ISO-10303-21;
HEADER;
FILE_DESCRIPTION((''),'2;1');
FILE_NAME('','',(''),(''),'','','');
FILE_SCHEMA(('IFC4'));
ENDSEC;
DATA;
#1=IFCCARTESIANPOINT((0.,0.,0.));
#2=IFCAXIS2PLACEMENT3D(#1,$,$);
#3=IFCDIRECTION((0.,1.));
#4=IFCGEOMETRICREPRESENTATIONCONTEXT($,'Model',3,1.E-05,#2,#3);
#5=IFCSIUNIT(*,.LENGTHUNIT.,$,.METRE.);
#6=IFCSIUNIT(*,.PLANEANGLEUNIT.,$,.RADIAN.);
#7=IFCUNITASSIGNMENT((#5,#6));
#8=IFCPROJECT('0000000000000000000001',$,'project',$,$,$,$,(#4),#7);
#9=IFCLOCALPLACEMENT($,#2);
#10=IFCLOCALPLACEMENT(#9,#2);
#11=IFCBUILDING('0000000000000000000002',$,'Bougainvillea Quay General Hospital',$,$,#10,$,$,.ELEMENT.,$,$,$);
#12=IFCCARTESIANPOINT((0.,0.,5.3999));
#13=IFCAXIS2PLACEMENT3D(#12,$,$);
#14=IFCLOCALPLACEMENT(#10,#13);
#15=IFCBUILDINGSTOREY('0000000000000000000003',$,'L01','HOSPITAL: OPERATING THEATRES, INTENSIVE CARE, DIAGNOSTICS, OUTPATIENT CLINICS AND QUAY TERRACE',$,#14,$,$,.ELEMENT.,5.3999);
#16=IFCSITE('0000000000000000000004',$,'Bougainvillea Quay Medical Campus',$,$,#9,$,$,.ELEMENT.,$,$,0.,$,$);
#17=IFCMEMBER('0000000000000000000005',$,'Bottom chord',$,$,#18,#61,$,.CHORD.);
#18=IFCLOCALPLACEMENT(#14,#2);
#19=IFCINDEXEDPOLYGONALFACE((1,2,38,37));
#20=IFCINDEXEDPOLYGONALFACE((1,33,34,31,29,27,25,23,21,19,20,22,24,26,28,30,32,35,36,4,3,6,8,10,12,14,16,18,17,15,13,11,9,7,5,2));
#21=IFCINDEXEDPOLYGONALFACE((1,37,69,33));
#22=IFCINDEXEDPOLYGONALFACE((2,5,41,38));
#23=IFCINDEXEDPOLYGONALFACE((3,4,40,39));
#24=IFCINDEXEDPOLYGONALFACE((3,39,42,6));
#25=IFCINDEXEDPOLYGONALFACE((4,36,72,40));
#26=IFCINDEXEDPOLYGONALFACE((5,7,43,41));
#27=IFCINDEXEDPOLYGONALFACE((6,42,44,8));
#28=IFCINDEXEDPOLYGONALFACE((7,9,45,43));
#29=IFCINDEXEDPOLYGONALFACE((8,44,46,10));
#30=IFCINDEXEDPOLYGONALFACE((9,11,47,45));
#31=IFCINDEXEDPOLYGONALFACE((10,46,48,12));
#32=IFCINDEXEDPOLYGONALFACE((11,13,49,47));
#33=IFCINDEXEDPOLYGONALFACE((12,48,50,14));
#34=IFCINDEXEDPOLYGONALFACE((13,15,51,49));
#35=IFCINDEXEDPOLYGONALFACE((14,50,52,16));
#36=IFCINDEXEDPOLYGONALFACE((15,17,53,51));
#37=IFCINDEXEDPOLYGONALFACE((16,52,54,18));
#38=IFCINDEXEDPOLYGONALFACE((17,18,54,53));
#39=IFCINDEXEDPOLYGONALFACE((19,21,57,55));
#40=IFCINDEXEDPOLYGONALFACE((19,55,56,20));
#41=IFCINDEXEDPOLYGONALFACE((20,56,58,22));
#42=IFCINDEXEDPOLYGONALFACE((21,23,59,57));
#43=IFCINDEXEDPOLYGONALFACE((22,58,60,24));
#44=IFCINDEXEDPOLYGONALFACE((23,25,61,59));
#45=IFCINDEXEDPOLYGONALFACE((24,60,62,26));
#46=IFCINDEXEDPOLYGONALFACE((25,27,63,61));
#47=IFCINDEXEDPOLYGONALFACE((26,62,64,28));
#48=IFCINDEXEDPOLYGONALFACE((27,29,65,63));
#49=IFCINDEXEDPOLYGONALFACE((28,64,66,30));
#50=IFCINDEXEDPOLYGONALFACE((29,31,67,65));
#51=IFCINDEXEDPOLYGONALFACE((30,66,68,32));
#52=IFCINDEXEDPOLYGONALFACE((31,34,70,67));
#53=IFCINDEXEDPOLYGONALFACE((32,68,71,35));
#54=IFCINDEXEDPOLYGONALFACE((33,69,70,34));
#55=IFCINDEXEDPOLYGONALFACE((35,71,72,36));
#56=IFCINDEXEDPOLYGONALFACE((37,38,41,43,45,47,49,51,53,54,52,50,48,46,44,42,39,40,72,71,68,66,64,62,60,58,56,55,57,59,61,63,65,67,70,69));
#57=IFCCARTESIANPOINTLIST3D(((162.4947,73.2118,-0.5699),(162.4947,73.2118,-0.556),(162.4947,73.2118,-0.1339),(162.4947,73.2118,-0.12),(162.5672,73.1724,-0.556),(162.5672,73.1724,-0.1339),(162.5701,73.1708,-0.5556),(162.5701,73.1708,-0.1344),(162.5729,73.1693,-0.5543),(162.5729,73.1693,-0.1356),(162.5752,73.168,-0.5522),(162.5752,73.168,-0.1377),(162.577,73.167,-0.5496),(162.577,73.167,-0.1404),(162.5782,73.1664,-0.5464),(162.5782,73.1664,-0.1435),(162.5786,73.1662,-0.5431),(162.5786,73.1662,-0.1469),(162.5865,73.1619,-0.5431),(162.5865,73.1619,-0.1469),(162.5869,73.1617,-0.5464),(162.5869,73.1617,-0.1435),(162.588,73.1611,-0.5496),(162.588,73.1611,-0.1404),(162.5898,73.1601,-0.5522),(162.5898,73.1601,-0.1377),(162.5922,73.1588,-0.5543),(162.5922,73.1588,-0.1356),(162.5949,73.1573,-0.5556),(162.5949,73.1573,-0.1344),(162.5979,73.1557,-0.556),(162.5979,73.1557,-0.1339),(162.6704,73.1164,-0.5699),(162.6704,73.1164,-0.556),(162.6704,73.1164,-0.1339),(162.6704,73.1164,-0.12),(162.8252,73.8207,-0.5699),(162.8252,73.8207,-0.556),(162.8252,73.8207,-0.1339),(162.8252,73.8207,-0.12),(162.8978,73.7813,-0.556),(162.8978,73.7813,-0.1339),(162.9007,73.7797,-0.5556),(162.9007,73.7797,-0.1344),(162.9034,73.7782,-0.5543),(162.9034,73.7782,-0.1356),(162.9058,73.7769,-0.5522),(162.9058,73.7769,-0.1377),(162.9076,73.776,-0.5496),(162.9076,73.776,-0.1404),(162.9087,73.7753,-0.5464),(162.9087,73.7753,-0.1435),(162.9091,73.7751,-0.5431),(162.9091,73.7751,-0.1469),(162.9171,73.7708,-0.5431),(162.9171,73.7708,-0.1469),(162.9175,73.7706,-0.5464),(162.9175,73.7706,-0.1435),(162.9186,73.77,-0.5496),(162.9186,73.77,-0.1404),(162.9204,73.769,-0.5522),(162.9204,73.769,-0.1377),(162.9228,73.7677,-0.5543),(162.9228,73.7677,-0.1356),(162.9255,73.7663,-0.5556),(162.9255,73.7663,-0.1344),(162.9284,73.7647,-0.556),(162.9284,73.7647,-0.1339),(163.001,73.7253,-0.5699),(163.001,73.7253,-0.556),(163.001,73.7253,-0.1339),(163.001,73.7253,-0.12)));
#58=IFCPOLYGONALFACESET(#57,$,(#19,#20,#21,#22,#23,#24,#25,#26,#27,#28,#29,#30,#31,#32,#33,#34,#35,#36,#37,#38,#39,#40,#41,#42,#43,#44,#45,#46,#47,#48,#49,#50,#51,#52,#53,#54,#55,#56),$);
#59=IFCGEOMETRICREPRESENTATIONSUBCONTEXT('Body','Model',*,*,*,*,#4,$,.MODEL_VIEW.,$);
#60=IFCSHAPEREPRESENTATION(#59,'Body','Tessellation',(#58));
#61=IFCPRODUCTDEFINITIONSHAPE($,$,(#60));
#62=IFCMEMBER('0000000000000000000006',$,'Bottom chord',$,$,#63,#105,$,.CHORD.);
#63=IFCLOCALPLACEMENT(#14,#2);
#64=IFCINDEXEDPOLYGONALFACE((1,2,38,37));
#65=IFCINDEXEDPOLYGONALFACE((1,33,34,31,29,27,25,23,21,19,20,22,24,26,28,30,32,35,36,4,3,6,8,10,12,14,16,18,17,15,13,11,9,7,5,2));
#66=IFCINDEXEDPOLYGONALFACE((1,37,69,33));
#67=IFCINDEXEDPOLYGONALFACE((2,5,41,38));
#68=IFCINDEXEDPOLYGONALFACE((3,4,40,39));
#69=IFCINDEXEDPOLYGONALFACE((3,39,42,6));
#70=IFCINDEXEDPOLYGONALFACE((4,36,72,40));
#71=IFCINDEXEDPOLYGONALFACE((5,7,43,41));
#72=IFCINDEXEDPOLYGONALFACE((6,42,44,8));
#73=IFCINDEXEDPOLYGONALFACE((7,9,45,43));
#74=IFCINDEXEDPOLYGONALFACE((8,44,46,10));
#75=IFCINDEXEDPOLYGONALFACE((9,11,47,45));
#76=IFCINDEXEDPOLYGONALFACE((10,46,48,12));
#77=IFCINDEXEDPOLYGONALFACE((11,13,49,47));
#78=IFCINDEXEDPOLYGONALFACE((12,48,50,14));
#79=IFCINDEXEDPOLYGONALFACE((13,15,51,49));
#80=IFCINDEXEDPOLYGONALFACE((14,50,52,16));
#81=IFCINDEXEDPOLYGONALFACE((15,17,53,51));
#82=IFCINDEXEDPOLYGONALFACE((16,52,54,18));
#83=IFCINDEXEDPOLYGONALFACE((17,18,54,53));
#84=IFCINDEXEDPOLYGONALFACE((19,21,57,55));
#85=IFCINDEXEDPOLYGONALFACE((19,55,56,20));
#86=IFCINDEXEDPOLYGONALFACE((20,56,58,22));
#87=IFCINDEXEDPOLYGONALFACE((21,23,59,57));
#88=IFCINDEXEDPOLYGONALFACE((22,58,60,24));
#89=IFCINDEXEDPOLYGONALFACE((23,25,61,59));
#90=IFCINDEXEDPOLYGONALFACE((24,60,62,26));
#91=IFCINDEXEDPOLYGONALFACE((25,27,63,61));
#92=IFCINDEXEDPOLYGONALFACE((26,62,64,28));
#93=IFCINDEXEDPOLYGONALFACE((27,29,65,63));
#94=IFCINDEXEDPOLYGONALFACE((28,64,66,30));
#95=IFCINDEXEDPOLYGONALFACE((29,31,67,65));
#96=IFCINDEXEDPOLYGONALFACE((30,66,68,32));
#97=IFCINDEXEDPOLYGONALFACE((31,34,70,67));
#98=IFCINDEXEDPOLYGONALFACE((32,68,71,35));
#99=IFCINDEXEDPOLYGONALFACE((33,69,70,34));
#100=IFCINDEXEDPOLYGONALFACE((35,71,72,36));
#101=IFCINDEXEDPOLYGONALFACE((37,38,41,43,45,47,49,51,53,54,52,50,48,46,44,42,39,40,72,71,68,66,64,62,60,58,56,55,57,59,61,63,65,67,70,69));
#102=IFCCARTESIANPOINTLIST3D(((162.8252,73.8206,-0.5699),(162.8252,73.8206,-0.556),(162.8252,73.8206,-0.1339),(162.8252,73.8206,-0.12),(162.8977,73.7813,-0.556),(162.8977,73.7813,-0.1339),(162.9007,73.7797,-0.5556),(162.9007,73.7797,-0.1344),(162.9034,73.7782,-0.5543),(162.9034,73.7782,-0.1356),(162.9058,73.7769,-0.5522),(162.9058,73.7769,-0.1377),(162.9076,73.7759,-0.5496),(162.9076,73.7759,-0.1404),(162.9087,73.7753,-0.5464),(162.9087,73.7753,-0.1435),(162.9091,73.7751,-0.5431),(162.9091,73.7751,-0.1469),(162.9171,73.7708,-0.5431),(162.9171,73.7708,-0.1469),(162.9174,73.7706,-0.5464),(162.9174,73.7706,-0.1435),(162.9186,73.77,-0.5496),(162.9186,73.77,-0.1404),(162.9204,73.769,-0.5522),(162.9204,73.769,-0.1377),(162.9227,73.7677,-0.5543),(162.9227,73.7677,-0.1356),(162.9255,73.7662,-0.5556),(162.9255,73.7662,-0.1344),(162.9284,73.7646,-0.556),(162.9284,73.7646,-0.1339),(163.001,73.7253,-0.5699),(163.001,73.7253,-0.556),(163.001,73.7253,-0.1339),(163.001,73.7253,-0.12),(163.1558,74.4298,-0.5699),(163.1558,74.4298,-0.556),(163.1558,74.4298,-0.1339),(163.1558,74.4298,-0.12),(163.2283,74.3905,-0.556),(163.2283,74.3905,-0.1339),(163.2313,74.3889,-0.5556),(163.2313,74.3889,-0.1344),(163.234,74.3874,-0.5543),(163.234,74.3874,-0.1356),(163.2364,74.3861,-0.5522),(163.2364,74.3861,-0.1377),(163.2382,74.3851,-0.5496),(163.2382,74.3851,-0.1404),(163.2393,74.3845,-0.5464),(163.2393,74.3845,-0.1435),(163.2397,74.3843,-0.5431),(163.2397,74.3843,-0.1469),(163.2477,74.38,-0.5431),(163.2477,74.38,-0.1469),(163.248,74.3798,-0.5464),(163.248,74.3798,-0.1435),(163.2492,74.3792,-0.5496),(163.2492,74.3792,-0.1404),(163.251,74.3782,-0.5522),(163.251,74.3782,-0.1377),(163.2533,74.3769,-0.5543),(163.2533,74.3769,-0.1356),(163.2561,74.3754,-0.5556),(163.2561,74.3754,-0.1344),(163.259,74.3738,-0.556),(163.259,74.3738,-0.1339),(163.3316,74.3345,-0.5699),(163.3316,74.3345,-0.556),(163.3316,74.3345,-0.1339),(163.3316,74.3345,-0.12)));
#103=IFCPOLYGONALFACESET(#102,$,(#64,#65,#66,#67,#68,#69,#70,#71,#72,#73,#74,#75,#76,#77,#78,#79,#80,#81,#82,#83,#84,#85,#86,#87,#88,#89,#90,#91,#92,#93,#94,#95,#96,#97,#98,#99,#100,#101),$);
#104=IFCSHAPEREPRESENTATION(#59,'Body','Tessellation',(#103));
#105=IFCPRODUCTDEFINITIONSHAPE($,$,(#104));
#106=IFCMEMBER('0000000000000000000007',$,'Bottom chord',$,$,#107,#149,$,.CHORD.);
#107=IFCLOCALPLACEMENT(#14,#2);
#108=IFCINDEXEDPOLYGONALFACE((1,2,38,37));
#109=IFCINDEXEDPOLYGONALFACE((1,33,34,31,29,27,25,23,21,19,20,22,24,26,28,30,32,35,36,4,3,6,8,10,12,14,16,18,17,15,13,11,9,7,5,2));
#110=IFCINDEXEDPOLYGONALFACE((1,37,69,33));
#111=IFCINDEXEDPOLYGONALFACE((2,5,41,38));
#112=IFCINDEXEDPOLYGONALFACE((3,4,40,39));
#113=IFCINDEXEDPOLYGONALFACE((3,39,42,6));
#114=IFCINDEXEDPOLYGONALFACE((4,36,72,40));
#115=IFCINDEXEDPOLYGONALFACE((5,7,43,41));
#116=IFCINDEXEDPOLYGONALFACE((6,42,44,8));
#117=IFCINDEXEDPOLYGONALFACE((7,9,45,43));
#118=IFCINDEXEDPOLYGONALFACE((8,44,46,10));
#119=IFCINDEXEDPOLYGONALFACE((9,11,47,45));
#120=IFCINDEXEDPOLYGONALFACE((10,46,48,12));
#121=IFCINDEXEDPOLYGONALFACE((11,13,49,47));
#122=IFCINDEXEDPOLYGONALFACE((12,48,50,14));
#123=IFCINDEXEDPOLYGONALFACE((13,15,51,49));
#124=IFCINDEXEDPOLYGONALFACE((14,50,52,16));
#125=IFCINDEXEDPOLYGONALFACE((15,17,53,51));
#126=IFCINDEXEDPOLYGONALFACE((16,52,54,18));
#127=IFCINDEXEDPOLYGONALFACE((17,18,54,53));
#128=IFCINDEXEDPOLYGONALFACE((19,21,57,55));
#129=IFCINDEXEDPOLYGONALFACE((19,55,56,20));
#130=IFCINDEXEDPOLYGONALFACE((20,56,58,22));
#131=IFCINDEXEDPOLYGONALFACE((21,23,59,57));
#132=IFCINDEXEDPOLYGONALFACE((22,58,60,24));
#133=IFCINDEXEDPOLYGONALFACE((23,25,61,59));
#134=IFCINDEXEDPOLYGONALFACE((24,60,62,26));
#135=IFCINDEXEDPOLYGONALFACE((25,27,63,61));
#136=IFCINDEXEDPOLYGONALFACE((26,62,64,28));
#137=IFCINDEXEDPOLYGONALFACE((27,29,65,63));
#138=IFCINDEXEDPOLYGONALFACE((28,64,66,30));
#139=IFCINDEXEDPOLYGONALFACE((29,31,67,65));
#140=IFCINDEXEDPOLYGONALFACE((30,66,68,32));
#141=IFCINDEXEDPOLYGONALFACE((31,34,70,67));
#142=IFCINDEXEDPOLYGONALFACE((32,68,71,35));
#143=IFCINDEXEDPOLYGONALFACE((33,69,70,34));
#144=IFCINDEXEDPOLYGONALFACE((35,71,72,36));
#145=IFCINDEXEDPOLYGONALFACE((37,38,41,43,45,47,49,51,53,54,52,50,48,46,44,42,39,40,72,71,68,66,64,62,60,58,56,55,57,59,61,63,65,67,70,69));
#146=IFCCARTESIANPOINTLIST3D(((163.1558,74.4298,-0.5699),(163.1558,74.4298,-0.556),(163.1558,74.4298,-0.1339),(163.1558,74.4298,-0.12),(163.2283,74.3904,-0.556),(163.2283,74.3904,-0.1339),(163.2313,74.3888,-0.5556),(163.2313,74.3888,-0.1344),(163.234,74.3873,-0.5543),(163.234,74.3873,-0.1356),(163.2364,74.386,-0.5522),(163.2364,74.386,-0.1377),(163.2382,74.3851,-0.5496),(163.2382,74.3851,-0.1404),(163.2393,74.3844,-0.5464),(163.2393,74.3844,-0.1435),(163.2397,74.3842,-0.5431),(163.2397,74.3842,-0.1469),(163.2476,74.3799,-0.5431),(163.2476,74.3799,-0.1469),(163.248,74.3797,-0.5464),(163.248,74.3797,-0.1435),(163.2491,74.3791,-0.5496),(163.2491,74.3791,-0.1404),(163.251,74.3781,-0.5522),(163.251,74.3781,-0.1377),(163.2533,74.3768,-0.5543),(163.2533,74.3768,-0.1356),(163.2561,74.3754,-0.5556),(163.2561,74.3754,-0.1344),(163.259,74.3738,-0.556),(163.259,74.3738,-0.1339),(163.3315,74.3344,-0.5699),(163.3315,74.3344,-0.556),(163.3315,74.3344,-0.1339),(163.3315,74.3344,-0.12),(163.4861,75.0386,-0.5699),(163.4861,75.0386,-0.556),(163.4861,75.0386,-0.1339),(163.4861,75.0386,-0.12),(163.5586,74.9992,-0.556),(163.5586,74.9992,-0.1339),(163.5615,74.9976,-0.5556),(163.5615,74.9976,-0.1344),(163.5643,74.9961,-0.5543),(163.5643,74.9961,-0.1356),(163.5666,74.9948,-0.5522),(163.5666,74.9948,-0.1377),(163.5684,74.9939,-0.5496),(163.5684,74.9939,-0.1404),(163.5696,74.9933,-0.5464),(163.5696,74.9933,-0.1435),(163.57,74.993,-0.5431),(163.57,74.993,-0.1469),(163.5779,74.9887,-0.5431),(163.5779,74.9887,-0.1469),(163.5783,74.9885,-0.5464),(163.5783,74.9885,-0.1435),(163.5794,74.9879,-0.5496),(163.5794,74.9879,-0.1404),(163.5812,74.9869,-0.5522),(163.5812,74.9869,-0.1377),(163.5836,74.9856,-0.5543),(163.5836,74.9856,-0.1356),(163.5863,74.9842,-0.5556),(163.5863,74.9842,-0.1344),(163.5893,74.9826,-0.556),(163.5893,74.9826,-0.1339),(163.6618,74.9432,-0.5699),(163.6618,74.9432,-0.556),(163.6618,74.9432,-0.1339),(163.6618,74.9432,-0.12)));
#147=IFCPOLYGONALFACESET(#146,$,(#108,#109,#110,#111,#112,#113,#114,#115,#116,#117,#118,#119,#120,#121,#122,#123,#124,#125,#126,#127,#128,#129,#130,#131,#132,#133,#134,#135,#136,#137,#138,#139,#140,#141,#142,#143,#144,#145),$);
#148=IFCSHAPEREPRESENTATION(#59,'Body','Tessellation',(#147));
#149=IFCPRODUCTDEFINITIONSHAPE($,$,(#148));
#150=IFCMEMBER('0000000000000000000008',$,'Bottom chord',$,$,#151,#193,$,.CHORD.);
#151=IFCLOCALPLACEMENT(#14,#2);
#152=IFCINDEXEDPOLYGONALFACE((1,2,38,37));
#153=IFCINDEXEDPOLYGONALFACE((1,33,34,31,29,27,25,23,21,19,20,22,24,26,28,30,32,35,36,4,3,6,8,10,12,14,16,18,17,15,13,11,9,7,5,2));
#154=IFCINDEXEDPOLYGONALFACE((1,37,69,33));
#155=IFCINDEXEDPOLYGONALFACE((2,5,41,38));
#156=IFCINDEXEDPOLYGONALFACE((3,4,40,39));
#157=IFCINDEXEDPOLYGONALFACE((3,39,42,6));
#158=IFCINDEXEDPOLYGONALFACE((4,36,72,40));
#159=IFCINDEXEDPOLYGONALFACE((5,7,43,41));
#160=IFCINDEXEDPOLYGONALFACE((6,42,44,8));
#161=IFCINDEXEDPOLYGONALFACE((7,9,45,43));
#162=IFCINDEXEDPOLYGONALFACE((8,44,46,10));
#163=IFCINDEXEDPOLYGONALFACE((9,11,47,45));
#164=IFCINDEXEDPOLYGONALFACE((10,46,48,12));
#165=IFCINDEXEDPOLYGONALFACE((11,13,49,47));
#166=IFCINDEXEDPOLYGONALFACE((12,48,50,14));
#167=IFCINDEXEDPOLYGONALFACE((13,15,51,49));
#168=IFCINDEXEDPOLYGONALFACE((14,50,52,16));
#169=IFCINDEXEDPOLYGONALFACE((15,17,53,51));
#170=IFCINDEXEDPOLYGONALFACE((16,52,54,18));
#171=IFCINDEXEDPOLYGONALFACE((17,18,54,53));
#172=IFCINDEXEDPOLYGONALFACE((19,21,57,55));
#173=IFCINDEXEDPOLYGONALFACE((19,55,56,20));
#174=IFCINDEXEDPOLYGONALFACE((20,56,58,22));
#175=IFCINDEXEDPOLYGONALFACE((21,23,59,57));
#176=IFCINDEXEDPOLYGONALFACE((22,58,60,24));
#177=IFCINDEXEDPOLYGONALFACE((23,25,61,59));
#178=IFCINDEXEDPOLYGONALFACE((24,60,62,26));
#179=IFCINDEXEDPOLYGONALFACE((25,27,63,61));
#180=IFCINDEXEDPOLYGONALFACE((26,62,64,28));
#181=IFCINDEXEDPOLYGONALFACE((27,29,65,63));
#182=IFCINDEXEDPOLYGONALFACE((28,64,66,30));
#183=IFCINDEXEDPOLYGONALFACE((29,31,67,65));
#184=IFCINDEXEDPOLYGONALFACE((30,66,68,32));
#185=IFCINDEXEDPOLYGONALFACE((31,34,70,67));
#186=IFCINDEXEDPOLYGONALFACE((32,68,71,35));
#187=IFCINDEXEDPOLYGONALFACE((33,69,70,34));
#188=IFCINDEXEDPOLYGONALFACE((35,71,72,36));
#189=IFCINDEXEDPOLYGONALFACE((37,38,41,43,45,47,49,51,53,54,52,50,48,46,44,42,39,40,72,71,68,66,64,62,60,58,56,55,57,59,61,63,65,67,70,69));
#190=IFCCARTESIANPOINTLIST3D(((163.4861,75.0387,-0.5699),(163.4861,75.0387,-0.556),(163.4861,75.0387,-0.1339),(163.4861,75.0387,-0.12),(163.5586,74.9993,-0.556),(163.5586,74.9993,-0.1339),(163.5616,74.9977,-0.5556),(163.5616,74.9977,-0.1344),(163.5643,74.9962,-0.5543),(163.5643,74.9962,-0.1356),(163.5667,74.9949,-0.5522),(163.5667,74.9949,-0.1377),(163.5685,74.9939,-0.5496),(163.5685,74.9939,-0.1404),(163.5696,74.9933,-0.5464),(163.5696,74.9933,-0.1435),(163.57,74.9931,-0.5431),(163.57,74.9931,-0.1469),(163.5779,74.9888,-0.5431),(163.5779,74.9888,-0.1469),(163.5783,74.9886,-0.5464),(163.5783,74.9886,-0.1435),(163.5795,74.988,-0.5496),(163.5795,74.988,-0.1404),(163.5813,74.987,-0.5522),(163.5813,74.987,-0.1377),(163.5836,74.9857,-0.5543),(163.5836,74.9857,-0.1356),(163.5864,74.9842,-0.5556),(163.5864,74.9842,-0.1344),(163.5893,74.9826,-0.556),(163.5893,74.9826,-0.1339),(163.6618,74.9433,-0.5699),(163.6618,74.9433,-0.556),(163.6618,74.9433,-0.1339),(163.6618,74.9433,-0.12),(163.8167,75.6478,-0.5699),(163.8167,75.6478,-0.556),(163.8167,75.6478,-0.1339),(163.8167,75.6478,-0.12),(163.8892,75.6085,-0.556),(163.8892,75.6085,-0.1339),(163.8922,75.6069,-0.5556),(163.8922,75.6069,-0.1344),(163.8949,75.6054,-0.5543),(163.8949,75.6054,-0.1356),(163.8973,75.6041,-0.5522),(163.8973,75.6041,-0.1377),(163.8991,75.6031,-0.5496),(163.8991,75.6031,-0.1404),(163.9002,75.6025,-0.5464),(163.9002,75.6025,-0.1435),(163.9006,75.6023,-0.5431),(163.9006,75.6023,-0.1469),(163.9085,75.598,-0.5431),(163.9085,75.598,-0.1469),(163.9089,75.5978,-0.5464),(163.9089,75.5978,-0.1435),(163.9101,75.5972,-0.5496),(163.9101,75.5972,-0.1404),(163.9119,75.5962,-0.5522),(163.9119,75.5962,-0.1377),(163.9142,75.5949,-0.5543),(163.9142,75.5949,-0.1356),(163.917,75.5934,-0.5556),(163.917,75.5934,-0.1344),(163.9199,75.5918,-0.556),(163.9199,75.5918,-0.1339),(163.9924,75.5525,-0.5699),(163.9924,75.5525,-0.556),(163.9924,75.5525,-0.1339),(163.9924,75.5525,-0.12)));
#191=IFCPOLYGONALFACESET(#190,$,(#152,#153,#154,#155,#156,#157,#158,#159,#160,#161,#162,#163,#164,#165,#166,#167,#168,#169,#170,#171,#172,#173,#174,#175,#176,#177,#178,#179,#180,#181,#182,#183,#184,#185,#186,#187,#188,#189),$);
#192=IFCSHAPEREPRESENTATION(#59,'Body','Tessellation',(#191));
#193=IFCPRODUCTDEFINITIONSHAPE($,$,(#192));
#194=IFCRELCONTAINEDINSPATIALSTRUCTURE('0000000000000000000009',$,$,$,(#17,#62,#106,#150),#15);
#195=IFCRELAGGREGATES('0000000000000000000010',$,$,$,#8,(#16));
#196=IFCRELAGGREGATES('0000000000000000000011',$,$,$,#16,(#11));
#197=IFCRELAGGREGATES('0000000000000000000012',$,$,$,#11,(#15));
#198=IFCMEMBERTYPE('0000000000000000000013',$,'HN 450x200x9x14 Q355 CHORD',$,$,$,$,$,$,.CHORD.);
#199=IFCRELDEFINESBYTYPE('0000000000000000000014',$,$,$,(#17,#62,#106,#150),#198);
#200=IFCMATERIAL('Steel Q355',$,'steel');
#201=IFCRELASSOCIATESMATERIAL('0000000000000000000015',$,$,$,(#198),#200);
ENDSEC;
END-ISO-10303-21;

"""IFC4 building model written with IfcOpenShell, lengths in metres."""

from ifc_helpers import new_model, si_unit, direction, frame, origin, origin_2d, place, context, subcontext, project, spatial, i_section, extrude, material, material_profile, profile_set, type_object, element, save


model = new_model("IFC4")

# Units and contexts
model_context = context("Model", 3, precision=1e-05, world=origin(), true_north=direction((0.0, 1.0)))
body_context = subcontext(model_context, "Body", "Model", "MODEL_VIEW")
ifc_project = project(units=[si_unit("LENGTHUNIT", "METRE"), si_unit("PLANEANGLEUNIT", "RADIAN")], contexts=[model_context])

# Site, building, storey
site_placement = place(None, origin())
site = spatial("IfcSite", under=ifc_project, at=site_placement, Name="Bougainvillea Quay Medical Campus", CompositionType="ELEMENT", RefElevation=0.0)
building_placement = place(site_placement, origin())
building = spatial("IfcBuilding", under=site, at=building_placement, Name="Bougainvillea Quay General Hospital", CompositionType="ELEMENT")
storey_placement = place(building_placement, frame((0.0, 0.0, 5.3999)))
storey = spatial("IfcBuildingStorey", under=building, at=storey_placement, Name="L01", Description="HOSPITAL: OPERATING THEATRES, INTENSIVE CARE, DIAGNOSTICS, OUTPATIENT CLINICS AND QUAY TERRACE", CompositionType="ELEMENT", Elevation=5.3999)

# Members
ifc_material_1 = material(Name="Steel Q355", Category="steel")
ifc_material_profile_1 = material_profile(ifc_material_1, i_section(OverallWidth=0.2, OverallDepth=0.45, WebThickness=0.009, FlangeThickness=0.0139, FilletRadius=0.0129, at=origin_2d()))
ifc_profile_set_1 = profile_set([ifc_material_profile_1], Name="Steel Q355")
member_type_1 = type_object("IfcMemberType", Name="HN 450x200x9x14 Q355 CHORD", PredefinedType="CHORD", material=ifc_profile_set_1)
member_1_placement = place(storey_placement, frame((162.5825, 73.1641, -0.345), z_axis=(0.477123, 0.878837, 0.0), x_axis=(-0.878837, 0.477123, 0.0)))
element("IfcMember", 1, at=member_1_placement, inside=storey, type_object=member_type_1, Name="Bottom chord", PredefinedType="CHORD", context=body_context, shape_type="SweptSolid", body=[
    extrude(i_section(OverallWidth=0.2, OverallDepth=0.45, WebThickness=0.009, FlangeThickness=0.0139, FilletRadius=0.0129, at=origin_2d()), origin(), (0.0, 0.0, 1.0), 0.6929),
])
member_2_placement = place(storey_placement, frame((162.9131, 73.7729, -0.345), z_axis=(0.476975, 0.878917, 0.0), x_axis=(-0.878917, 0.476975, 0.0)))
element("IfcMember", 2, at=member_2_placement, inside=storey, type_object=member_type_1, Name="Bottom chord", PredefinedType="CHORD", context=body_context, shape_type="SweptSolid", body=[
    extrude(i_section(OverallWidth=0.2, OverallDepth=0.45, WebThickness=0.009, FlangeThickness=0.0139, FilletRadius=0.0129, at=origin_2d()), origin(), (0.0, 0.0, 1.0), 0.6931),
])
member_3_placement = place(storey_placement, frame((163.2437, 74.3821, -0.345), z_axis=(0.476851, 0.878984, 0.0), x_axis=(-0.878984, 0.476851, 0.0)))
element("IfcMember", 3, at=member_3_placement, inside=storey, type_object=member_type_1, Name="Bottom chord", PredefinedType="CHORD", context=body_context, shape_type="SweptSolid", body=[
    extrude(i_section(OverallWidth=0.2, OverallDepth=0.45, WebThickness=0.009, FlangeThickness=0.0139, FilletRadius=0.0129, at=origin_2d()), origin(), (0.0, 0.0, 1.0), 0.6926),
])
member_4_placement = place(storey_placement, frame((163.574, 74.991, -0.345), z_axis=(0.476975, 0.878917, 0.0), x_axis=(-0.878917, 0.476975, 0.0)))
element("IfcMember", 4, at=member_4_placement, inside=storey, type_object=member_type_1, Name="Bottom chord", PredefinedType="CHORD", context=body_context, shape_type="SweptSolid", body=[
    extrude(i_section(OverallWidth=0.2, OverallDepth=0.45, WebThickness=0.009, FlangeThickness=0.0139, FilletRadius=0.0129, at=origin_2d()), origin(), (0.0, 0.0, 1.0), 0.6931),
])

save(model, "model.ifc")
